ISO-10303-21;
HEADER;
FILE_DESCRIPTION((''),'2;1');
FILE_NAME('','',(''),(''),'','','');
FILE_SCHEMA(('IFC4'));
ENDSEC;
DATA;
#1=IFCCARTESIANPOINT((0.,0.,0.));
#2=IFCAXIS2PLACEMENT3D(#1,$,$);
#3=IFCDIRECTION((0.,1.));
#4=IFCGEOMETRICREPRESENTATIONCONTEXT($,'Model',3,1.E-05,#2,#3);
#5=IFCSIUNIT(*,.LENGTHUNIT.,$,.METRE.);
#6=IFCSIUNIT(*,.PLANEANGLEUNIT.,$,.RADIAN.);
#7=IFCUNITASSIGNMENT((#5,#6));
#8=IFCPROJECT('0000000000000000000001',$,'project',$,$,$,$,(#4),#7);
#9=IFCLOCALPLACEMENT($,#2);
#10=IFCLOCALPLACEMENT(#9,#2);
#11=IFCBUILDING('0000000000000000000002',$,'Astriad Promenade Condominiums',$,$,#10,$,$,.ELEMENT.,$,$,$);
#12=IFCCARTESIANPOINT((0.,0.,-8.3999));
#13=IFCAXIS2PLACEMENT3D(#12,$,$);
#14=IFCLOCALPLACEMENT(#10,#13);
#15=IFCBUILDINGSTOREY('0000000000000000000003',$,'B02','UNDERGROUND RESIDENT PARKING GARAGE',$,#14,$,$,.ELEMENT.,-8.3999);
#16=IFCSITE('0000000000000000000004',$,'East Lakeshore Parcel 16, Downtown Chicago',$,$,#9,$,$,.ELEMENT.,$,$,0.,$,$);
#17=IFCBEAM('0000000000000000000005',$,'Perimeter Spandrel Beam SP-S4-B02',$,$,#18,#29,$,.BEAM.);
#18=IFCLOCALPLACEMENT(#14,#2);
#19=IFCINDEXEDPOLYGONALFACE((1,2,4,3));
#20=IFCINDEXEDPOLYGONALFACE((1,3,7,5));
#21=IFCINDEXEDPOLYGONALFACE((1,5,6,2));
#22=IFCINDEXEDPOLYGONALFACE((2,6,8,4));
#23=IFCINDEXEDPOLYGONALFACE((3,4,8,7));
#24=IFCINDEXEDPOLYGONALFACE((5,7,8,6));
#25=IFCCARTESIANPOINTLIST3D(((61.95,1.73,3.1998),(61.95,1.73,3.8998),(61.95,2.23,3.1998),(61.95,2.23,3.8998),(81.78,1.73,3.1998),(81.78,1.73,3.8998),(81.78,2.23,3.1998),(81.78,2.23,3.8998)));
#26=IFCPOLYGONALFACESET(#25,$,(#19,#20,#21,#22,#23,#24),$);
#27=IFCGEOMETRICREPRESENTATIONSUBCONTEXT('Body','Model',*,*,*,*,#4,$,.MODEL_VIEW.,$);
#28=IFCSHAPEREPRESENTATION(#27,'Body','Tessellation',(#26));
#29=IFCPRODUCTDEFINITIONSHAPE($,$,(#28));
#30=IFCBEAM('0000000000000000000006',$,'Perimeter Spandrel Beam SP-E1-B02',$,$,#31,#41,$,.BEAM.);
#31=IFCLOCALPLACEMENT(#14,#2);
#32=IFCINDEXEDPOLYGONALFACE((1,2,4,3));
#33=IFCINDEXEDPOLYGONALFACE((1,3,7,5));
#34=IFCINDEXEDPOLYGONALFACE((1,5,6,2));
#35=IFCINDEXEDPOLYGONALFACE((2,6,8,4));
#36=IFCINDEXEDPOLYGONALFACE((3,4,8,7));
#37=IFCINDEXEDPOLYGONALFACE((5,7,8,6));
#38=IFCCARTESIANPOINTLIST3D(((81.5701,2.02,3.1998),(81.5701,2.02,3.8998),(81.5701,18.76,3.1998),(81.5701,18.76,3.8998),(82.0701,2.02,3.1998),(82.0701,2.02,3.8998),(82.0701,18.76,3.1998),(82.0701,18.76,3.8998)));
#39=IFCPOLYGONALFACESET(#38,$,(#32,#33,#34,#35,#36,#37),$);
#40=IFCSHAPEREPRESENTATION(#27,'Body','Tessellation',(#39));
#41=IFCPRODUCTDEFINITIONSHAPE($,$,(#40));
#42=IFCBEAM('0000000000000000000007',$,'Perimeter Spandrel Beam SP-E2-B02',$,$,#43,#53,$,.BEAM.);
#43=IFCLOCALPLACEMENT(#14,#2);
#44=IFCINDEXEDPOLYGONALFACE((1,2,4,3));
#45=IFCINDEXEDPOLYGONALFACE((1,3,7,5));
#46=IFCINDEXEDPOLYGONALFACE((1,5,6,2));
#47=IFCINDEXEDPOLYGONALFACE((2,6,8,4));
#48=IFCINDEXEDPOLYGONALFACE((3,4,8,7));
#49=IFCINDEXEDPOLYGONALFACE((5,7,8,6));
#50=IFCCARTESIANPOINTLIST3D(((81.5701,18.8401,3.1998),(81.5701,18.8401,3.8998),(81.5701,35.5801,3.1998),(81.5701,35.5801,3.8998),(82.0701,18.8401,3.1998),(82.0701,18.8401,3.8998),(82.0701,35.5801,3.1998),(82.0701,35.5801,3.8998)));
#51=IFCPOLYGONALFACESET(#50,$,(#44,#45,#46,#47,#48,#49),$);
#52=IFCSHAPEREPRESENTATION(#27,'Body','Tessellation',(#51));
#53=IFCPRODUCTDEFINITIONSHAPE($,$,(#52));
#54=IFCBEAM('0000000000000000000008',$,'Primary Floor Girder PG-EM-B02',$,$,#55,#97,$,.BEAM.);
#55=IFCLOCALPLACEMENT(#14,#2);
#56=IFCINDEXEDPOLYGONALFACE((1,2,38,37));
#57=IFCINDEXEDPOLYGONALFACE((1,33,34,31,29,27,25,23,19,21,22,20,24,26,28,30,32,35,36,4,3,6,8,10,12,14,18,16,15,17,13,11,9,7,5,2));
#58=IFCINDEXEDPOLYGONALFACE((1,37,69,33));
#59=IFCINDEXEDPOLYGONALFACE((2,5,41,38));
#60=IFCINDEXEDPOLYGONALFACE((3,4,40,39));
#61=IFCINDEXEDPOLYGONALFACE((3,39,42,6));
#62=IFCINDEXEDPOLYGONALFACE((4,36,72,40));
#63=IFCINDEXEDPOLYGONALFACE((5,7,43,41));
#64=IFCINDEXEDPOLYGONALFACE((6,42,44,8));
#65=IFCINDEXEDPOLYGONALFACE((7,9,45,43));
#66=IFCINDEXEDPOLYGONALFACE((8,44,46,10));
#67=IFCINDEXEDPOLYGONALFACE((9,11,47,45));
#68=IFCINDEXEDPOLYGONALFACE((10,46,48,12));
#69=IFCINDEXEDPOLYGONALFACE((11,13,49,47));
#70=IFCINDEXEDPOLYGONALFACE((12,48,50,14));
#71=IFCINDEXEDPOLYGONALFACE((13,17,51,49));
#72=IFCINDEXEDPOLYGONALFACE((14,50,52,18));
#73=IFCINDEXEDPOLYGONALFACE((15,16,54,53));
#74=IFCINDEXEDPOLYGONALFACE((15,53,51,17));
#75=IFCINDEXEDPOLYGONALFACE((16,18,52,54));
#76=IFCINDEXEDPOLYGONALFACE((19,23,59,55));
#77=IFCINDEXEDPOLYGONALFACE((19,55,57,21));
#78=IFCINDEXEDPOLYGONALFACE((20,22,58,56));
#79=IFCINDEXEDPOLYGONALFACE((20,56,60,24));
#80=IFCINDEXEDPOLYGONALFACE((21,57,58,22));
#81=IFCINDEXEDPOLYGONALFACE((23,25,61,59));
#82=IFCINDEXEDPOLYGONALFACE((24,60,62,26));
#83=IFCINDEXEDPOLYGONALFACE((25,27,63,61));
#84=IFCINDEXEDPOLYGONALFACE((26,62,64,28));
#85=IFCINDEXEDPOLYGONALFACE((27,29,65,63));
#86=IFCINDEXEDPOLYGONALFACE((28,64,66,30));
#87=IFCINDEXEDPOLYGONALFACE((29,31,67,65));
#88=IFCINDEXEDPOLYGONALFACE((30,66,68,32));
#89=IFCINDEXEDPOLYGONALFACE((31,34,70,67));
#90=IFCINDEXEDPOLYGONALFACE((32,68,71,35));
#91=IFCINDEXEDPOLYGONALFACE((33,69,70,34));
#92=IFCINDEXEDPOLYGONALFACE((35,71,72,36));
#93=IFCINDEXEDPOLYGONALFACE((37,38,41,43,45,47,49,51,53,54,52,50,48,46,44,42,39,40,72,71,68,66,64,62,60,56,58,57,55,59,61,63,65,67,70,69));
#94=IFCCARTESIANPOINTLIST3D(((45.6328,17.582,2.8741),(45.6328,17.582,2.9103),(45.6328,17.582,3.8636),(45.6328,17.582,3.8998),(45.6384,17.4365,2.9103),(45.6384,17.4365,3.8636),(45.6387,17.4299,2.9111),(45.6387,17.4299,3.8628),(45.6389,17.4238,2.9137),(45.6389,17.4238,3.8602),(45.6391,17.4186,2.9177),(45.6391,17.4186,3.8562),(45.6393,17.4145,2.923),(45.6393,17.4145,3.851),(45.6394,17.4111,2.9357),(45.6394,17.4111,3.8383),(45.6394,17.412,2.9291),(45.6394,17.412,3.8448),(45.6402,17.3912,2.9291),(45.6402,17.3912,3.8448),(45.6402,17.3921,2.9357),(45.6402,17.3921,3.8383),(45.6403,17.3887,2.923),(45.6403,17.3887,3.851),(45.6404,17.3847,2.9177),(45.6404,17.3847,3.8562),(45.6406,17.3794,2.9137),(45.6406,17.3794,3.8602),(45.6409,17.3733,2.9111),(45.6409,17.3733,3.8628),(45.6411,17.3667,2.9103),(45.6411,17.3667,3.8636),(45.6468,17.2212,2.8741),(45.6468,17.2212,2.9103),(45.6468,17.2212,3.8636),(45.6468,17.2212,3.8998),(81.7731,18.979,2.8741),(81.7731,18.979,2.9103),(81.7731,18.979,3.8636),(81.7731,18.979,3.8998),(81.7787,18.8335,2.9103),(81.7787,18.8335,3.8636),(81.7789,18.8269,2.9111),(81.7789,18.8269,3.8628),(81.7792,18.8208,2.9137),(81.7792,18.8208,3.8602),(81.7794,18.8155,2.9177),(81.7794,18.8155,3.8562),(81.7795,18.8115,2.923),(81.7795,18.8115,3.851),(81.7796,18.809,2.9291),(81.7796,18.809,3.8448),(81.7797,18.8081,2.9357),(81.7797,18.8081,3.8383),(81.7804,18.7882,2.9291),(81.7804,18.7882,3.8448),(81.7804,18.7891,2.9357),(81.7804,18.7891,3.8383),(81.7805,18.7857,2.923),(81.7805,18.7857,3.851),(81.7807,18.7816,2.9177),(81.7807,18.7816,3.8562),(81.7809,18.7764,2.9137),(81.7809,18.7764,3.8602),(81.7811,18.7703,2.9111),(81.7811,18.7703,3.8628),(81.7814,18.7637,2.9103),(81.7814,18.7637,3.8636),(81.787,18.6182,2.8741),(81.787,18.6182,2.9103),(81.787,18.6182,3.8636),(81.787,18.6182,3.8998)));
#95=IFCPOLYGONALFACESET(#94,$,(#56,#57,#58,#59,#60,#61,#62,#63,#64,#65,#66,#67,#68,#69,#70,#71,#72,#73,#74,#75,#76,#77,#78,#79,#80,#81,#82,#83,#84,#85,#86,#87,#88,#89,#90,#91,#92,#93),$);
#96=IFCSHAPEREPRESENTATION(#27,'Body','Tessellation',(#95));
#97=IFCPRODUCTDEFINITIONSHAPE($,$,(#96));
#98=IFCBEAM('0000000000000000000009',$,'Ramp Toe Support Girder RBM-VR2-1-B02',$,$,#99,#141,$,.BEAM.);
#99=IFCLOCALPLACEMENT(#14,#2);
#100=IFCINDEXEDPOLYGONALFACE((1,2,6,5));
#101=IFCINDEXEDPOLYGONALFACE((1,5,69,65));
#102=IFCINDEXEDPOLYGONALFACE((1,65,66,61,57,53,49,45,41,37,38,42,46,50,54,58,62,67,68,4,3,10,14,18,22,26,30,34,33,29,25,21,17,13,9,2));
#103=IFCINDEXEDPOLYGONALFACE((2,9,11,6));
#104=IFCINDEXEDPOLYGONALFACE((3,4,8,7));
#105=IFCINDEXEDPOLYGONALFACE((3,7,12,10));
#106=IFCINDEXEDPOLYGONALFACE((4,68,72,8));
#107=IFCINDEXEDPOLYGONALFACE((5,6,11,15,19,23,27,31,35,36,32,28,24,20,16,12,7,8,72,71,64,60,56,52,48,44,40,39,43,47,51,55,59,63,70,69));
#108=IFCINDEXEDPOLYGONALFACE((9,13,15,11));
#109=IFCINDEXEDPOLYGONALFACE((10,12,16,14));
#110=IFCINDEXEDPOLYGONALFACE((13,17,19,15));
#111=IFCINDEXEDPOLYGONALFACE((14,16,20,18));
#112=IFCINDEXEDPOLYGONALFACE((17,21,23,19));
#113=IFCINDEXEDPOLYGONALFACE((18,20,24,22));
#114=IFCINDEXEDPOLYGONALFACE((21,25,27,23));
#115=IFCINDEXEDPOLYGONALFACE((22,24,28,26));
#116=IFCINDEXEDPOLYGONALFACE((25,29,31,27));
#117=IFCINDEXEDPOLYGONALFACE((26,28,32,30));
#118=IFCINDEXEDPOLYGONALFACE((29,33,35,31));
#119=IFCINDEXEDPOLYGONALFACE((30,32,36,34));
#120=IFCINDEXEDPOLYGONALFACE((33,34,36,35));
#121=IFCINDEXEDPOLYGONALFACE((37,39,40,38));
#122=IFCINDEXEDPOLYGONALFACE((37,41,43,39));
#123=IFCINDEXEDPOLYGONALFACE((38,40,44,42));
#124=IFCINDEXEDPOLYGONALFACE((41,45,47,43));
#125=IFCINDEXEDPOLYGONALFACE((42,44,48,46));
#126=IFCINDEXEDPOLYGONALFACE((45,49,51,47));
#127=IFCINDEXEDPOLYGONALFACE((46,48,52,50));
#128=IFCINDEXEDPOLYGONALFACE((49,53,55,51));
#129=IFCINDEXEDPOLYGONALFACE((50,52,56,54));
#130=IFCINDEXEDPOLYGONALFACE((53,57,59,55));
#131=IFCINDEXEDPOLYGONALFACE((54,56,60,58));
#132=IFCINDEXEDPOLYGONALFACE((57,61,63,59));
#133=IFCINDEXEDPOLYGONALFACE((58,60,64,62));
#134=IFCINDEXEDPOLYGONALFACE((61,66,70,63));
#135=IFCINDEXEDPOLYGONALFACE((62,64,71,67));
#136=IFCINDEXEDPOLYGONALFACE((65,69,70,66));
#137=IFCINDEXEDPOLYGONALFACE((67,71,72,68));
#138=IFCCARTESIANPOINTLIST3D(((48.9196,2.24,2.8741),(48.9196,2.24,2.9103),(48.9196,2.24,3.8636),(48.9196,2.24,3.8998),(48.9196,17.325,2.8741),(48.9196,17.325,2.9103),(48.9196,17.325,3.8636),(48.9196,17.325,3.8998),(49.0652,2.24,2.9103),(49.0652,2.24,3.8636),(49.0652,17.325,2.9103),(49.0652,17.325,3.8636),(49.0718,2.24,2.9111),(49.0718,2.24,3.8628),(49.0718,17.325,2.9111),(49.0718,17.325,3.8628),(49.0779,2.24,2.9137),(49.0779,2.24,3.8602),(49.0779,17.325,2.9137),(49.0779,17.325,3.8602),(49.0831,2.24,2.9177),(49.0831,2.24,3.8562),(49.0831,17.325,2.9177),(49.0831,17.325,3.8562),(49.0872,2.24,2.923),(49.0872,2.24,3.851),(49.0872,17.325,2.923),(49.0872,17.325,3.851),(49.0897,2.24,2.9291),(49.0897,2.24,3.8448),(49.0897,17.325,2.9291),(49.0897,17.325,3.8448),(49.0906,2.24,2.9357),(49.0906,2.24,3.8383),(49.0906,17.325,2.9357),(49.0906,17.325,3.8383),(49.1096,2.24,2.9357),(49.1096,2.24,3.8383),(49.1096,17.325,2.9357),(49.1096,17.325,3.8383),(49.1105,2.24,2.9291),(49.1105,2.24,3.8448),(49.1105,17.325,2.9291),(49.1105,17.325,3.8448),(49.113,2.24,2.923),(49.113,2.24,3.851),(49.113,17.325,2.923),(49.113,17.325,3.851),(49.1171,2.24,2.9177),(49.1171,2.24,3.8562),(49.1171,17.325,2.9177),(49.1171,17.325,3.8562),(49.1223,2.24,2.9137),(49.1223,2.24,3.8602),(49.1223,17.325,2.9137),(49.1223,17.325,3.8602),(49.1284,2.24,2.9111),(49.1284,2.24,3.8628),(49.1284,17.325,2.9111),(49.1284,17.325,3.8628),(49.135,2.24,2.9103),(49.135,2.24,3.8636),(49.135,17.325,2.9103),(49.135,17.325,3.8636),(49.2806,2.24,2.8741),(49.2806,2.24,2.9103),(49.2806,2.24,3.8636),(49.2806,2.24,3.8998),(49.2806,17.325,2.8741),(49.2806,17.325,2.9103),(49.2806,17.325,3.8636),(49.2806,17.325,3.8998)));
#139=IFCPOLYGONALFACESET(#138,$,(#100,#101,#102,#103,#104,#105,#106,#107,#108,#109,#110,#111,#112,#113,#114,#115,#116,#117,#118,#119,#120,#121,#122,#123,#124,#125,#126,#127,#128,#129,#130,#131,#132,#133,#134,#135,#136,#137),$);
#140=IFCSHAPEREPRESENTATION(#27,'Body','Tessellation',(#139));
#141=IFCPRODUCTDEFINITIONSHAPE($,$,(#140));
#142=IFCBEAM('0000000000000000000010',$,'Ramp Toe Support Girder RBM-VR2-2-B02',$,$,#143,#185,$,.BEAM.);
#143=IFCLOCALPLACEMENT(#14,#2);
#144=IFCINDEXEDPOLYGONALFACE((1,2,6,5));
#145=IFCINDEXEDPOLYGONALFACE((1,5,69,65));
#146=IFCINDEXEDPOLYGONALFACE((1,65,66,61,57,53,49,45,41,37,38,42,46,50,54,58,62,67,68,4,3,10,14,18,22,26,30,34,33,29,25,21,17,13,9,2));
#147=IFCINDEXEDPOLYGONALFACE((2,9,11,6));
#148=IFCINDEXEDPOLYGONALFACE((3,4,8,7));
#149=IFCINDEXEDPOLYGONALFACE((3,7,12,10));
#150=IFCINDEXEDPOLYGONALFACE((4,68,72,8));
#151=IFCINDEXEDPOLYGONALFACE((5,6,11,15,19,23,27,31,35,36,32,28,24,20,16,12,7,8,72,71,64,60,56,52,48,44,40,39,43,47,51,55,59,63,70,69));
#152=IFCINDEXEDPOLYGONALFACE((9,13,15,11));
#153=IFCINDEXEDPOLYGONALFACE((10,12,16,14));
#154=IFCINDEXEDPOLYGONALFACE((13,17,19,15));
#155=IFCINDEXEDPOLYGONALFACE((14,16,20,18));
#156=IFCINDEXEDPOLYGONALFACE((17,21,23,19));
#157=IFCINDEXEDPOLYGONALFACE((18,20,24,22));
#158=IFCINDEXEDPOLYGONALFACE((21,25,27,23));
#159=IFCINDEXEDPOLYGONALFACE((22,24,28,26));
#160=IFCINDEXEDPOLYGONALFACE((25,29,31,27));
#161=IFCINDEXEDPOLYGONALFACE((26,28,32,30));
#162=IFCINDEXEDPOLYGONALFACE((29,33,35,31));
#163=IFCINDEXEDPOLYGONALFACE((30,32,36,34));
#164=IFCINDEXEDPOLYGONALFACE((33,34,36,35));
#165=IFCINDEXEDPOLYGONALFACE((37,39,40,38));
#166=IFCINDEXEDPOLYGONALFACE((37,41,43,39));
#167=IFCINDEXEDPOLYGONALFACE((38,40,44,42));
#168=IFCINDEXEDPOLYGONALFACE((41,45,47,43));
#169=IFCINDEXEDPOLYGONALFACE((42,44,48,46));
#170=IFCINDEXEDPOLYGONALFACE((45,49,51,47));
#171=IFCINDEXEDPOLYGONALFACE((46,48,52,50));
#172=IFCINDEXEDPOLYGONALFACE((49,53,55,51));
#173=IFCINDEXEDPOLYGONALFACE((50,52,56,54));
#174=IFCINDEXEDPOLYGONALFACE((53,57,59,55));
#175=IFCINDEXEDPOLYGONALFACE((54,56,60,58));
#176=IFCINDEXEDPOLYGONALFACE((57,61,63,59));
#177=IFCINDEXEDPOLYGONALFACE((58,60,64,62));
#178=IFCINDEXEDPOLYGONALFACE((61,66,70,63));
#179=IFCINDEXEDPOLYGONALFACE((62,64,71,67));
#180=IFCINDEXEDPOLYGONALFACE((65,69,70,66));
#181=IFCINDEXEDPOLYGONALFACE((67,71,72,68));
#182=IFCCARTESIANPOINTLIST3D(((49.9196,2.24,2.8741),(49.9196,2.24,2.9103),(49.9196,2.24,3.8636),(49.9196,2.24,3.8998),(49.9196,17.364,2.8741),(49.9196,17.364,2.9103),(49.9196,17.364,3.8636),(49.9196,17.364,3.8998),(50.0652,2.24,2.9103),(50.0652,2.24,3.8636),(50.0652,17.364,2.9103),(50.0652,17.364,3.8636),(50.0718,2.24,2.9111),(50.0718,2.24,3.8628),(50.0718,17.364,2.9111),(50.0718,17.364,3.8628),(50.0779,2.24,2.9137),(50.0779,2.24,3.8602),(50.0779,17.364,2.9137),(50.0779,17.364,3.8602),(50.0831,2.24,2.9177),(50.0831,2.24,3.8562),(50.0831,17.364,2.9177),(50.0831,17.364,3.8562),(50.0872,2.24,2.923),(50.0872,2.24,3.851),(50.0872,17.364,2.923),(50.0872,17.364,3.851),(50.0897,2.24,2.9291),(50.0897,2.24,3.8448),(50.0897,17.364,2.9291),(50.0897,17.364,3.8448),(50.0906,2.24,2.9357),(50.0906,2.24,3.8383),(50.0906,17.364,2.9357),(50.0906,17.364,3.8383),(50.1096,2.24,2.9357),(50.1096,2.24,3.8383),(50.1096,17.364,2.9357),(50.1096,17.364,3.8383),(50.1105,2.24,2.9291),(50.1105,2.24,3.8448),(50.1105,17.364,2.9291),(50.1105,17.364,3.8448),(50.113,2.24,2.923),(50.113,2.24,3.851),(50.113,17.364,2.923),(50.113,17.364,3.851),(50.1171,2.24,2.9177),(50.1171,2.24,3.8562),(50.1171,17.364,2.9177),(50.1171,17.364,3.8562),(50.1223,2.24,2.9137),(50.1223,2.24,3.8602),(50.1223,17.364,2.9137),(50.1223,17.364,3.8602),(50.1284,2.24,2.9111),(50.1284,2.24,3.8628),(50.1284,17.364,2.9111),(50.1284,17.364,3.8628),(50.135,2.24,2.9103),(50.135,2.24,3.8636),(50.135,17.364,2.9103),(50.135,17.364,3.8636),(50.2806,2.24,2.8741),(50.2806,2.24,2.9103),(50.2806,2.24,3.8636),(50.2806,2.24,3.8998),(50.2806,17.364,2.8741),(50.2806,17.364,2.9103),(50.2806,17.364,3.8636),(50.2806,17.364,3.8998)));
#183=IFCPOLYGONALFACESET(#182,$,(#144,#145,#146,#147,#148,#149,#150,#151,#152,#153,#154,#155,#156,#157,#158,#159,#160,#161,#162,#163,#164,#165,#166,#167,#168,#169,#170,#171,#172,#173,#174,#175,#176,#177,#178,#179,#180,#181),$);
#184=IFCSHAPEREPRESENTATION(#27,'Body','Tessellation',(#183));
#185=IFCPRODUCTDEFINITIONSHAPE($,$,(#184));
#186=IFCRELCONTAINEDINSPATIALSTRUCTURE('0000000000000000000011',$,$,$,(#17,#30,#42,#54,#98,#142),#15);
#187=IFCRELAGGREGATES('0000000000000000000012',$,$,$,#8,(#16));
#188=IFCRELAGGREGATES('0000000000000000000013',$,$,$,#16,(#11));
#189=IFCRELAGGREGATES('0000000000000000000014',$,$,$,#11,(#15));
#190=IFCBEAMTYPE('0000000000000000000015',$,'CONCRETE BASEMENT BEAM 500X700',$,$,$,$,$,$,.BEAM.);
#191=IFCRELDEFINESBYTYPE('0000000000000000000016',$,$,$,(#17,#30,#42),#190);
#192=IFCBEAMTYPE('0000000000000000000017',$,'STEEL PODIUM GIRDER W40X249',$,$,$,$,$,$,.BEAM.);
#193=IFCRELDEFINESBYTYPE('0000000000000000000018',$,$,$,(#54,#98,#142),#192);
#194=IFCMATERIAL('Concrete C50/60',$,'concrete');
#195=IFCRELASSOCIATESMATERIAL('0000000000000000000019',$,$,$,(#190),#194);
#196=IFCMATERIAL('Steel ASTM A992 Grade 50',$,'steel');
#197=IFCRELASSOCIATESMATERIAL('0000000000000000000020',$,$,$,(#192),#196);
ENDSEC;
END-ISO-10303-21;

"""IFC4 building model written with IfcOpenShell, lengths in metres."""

from ifc_helpers import new_model, si_unit, direction, frame, origin, origin_2d, place, context, subcontext, project, spatial, rectangle, i_section, extrude, source, transform, mapped, material, material_profile, profile_set, type_object, type_shapes, element, save


model = new_model("IFC4")

# Units and contexts
model_context = context("Model", 3, precision=1e-05, world=origin(), true_north=direction((0.0, 1.0)))
body_context = subcontext(model_context, "Body", "Model", "MODEL_VIEW")
ifc_project = project(units=[si_unit("LENGTHUNIT", "METRE"), si_unit("PLANEANGLEUNIT", "RADIAN")], contexts=[model_context])

# Site, building, storey
site_placement = place(None, origin())
site = spatial("IfcSite", under=ifc_project, at=site_placement, Name="East Lakeshore Parcel 16, Downtown Chicago", CompositionType="ELEMENT", RefElevation=0.0)
building_placement = place(site_placement, origin())
building = spatial("IfcBuilding", under=site, at=building_placement, Name="Astriad Promenade Condominiums", CompositionType="ELEMENT")
storey_placement = place(building_placement, frame((0.0, 0.0, -8.3999)))
storey = spatial("IfcBuildingStorey", under=building, at=storey_placement, Name="B02", Description="UNDERGROUND RESIDENT PARKING GARAGE", CompositionType="ELEMENT", Elevation=-8.3999)

# Shared definitions
ifc_material_1 = material(Name="Concrete C50/60", Category="concrete")

# Beams
ifc_material_profile_1 = material_profile(ifc_material_1, rectangle(XDim=0.5, YDim=0.7, at=origin_2d()), Name="RC-BM-500X700")
ifc_profile_set_1 = profile_set([ifc_material_profile_1], Name="Concrete C50/60")
beam_type_1 = type_object("IfcBeamType", Name="CONCRETE BASEMENT BEAM 500X700", PredefinedType="BEAM", material=ifc_profile_set_1)
shared_shape_1 = source(origin(), body_context, "Body", "SweptSolid", [
    extrude(rectangle(XDim=0.5, YDim=0.7, at=origin_2d()), origin(), (0.0, 0.0, 1.0), 19.8301),
])
beam_1_placement = place(storey_placement, frame((61.95, 1.98, 3.5498), z_axis=(1.0, 0.0, 0.0), x_axis=(0.0, 1.0, 0.0)))
element("IfcBeam", 1, at=beam_1_placement, inside=storey, type_object=beam_type_1, Name="Perimeter Spandrel Beam SP-S4-B02", PredefinedType="BEAM", context=body_context, shape_type="MappedRepresentation", body=[
    mapped(shared_shape_1, transform((0.0, 0.0, 0.0), scale=1.0)),
])
shared_shape_2 = source(origin(), body_context, "Body", "SweptSolid", [
    extrude(rectangle(XDim=0.5, YDim=0.7, at=origin_2d()), origin(), (0.0, 0.0, 1.0), 16.74),
])
type_shapes(beam_type_1, [shared_shape_1, shared_shape_2])
for number, where, z_axis, x_axis, name in (
    (2, (81.8201, 2.02, 3.5498), (0.0, 1.0, 0.0), (-1.0, 0.0, 0.0), "Perimeter Spandrel Beam SP-E1-B02"),
    (3, (81.8201, 18.8401, 3.5498), (0.0, 1.0, 0.0), (-1.0, 0.0, 0.0), "Perimeter Spandrel Beam SP-E2-B02"),
):
    element("IfcBeam", number, at=place(storey_placement, frame(where, z_axis=z_axis, x_axis=x_axis)), inside=storey, type_object=beam_type_1, Name=name, PredefinedType="BEAM", context=body_context, shape_type="MappedRepresentation", body=[
        mapped(shared_shape_2, transform((0.0, 0.0, 0.0), scale=1.0)),
    ])
ifc_material_2 = material(Name="Steel ASTM A992 Grade 50", Category="steel")
ifc_material_profile_2 = material_profile(ifc_material_2, i_section(OverallWidth=0.3611, OverallDepth=1.0256, WebThickness=0.019, FlangeThickness=0.0361, FilletRadius=0.0254, at=origin_2d()), Name="W40X249")
ifc_profile_set_2 = profile_set([ifc_material_profile_2], Name="Steel ASTM A992 Grade 50")
beam_type_2 = type_object("IfcBeamType", Name="STEEL PODIUM GIRDER W40X249", PredefinedType="BEAM", material=ifc_profile_set_2)
shared_shape_3 = source(origin(), body_context, "Body", "SweptSolid", [
    extrude(i_section(OverallWidth=0.3611, OverallDepth=1.0256, WebThickness=0.019, FlangeThickness=0.0361, FilletRadius=0.0254, at=origin_2d()), origin(), (0.0, 0.0, 1.0), 36.1672),
])
beam_2_placement = place(storey_placement, frame((81.78, 18.7986, 3.387), z_axis=(-0.999254, -0.038625, 0.0), x_axis=(0.038625, -0.999254, 0.0)))
element("IfcBeam", 4, at=beam_2_placement, inside=storey, type_object=beam_type_2, Name="Primary Floor Girder PG-EM-B02", PredefinedType="BEAM", context=body_context, shape_type="MappedRepresentation", body=[
    mapped(shared_shape_3, transform((0.0, 0.0, 0.0), scale=1.0)),
])
shared_shape_4 = source(origin(), body_context, "Body", "SweptSolid", [
    extrude(i_section(OverallWidth=0.3611, OverallDepth=1.0256, WebThickness=0.019, FlangeThickness=0.0361, FilletRadius=0.0254, at=origin_2d()), origin(), (0.0, 0.0, 1.0), 15.085),
])
beam_3_placement = place(storey_placement, frame((49.1001, 2.24, 3.387), z_axis=(0.0, 1.0, 0.0), x_axis=(-1.0, 0.0, 0.0)))
element("IfcBeam", 5, at=beam_3_placement, inside=storey, type_object=beam_type_2, Name="Ramp Toe Support Girder RBM-VR2-1-B02", PredefinedType="BEAM", context=body_context, shape_type="MappedRepresentation", body=[
    mapped(shared_shape_4, transform((0.0, 0.0, 0.0), scale=1.0)),
])
shared_shape_5 = source(origin(), body_context, "Body", "SweptSolid", [
    extrude(i_section(OverallWidth=0.3611, OverallDepth=1.0256, WebThickness=0.019, FlangeThickness=0.0361, FilletRadius=0.0254, at=origin_2d()), origin(), (0.0, 0.0, 1.0), 15.124),
])
type_shapes(beam_type_2, [shared_shape_3, shared_shape_4, shared_shape_5])
beam_4_placement = place(storey_placement, frame((50.1001, 2.24, 3.387), z_axis=(0.0, 1.0, 0.0), x_axis=(-1.0, 0.0, 0.0)))
element("IfcBeam", 6, at=beam_4_placement, inside=storey, type_object=beam_type_2, Name="Ramp Toe Support Girder RBM-VR2-2-B02", PredefinedType="BEAM", context=body_context, shape_type="MappedRepresentation", body=[
    mapped(shared_shape_5, transform((0.0, 0.0, 0.0), scale=1.0)),
])

save(model, "model.ifc")
